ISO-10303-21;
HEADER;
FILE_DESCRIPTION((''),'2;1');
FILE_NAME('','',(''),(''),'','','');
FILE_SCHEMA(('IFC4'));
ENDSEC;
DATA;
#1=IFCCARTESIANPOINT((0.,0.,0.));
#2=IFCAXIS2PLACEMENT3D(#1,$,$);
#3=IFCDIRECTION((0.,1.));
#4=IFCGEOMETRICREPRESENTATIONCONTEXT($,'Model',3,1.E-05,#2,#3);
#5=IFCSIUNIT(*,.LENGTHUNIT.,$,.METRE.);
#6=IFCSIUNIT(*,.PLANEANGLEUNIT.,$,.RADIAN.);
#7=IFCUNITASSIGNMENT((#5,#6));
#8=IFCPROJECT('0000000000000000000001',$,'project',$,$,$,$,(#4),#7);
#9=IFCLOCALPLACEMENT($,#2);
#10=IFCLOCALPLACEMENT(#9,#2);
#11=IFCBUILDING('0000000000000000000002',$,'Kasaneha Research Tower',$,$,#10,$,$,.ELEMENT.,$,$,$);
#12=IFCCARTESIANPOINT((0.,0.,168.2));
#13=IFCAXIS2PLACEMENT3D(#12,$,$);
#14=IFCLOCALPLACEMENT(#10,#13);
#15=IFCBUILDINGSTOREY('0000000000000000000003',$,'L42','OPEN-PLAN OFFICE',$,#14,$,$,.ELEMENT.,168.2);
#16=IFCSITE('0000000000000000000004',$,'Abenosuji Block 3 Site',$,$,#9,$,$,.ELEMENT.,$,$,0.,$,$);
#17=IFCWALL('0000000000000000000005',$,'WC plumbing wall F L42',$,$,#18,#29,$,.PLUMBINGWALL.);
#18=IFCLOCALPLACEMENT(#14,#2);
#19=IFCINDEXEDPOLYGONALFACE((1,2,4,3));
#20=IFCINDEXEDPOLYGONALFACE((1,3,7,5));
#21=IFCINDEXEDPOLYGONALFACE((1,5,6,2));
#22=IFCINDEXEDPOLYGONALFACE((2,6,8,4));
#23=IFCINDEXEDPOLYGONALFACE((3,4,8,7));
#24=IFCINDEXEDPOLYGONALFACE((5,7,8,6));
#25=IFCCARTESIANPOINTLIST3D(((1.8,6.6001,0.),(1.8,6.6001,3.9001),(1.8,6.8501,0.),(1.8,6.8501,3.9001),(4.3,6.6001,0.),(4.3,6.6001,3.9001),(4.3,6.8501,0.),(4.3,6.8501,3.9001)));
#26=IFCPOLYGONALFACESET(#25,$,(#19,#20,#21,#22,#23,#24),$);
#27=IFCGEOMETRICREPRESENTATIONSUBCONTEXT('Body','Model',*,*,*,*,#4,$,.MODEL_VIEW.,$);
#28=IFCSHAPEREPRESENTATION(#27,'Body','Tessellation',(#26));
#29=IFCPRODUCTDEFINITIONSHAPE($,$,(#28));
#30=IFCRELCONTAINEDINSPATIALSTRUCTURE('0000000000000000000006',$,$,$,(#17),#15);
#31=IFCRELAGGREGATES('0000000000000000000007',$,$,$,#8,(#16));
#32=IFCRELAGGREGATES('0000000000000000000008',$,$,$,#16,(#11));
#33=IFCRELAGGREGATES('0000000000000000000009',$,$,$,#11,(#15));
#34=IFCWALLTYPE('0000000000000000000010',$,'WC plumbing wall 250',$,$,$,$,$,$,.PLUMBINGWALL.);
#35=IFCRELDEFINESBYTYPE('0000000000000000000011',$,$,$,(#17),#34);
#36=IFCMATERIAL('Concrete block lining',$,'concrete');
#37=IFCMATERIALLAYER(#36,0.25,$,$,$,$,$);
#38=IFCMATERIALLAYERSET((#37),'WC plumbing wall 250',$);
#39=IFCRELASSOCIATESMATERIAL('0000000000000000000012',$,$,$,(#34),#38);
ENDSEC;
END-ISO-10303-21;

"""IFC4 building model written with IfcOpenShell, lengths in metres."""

from ifc_helpers import new_model, si_unit, direction, frame, frame_2d, origin, place, context, subcontext, project, spatial, rectangle, extrude, material, layer, layer_set, type_object, element, save


model = new_model("IFC4")

# Units and contexts
model_context = context("Model", 3, precision=1e-05, world=origin(), true_north=direction((0.0, 1.0)))
body_context = subcontext(model_context, "Body", "Model", "MODEL_VIEW")
ifc_project = project(units=[si_unit("LENGTHUNIT", "METRE"), si_unit("PLANEANGLEUNIT", "RADIAN")], contexts=[model_context])

# Site, building, storey
site_placement = place(None, origin())
site = spatial("IfcSite", under=ifc_project, at=site_placement, Name="Abenosuji Block 3 Site", CompositionType="ELEMENT", RefElevation=0.0)
building_placement = place(site_placement, origin())
building = spatial("IfcBuilding", under=site, at=building_placement, Name="Kasaneha Research Tower", CompositionType="ELEMENT")
storey_placement = place(building_placement, frame((0.0, 0.0, 168.2)))
storey = spatial("IfcBuildingStorey", under=building, at=storey_placement, Name="L42", Description="OPEN-PLAN OFFICE", CompositionType="ELEMENT", Elevation=168.2)

# Wall
ifc_material_1 = material(Name="Concrete block lining", Category="concrete")
ifc_layer_1 = layer(ifc_material_1, 0.25)
ifc_layer_set_1 = layer_set([ifc_layer_1], Name="WC plumbing wall 250")
wall_type_1 = type_object("IfcWallType", Name="WC plumbing wall 250", PredefinedType="PLUMBINGWALL", material=ifc_layer_set_1)
wall_1_placement = place(storey_placement, frame((1.8, 6.7251, 0.0), z_axis=(0.0, 0.0, 1.0), x_axis=(1.0, 0.0, 0.0)))
element("IfcWall", 1, at=wall_1_placement, inside=storey, type_object=wall_type_1, Name="WC plumbing wall F L42", PredefinedType="PLUMBINGWALL", context=body_context, shape_type="SweptSolid", body=[
    extrude(rectangle(XDim=2.5, YDim=0.25, at=frame_2d((1.25, 0.0))), origin(), (0.0, 0.0, 1.0), 3.9001),
])

save(model, "model.ifc")
